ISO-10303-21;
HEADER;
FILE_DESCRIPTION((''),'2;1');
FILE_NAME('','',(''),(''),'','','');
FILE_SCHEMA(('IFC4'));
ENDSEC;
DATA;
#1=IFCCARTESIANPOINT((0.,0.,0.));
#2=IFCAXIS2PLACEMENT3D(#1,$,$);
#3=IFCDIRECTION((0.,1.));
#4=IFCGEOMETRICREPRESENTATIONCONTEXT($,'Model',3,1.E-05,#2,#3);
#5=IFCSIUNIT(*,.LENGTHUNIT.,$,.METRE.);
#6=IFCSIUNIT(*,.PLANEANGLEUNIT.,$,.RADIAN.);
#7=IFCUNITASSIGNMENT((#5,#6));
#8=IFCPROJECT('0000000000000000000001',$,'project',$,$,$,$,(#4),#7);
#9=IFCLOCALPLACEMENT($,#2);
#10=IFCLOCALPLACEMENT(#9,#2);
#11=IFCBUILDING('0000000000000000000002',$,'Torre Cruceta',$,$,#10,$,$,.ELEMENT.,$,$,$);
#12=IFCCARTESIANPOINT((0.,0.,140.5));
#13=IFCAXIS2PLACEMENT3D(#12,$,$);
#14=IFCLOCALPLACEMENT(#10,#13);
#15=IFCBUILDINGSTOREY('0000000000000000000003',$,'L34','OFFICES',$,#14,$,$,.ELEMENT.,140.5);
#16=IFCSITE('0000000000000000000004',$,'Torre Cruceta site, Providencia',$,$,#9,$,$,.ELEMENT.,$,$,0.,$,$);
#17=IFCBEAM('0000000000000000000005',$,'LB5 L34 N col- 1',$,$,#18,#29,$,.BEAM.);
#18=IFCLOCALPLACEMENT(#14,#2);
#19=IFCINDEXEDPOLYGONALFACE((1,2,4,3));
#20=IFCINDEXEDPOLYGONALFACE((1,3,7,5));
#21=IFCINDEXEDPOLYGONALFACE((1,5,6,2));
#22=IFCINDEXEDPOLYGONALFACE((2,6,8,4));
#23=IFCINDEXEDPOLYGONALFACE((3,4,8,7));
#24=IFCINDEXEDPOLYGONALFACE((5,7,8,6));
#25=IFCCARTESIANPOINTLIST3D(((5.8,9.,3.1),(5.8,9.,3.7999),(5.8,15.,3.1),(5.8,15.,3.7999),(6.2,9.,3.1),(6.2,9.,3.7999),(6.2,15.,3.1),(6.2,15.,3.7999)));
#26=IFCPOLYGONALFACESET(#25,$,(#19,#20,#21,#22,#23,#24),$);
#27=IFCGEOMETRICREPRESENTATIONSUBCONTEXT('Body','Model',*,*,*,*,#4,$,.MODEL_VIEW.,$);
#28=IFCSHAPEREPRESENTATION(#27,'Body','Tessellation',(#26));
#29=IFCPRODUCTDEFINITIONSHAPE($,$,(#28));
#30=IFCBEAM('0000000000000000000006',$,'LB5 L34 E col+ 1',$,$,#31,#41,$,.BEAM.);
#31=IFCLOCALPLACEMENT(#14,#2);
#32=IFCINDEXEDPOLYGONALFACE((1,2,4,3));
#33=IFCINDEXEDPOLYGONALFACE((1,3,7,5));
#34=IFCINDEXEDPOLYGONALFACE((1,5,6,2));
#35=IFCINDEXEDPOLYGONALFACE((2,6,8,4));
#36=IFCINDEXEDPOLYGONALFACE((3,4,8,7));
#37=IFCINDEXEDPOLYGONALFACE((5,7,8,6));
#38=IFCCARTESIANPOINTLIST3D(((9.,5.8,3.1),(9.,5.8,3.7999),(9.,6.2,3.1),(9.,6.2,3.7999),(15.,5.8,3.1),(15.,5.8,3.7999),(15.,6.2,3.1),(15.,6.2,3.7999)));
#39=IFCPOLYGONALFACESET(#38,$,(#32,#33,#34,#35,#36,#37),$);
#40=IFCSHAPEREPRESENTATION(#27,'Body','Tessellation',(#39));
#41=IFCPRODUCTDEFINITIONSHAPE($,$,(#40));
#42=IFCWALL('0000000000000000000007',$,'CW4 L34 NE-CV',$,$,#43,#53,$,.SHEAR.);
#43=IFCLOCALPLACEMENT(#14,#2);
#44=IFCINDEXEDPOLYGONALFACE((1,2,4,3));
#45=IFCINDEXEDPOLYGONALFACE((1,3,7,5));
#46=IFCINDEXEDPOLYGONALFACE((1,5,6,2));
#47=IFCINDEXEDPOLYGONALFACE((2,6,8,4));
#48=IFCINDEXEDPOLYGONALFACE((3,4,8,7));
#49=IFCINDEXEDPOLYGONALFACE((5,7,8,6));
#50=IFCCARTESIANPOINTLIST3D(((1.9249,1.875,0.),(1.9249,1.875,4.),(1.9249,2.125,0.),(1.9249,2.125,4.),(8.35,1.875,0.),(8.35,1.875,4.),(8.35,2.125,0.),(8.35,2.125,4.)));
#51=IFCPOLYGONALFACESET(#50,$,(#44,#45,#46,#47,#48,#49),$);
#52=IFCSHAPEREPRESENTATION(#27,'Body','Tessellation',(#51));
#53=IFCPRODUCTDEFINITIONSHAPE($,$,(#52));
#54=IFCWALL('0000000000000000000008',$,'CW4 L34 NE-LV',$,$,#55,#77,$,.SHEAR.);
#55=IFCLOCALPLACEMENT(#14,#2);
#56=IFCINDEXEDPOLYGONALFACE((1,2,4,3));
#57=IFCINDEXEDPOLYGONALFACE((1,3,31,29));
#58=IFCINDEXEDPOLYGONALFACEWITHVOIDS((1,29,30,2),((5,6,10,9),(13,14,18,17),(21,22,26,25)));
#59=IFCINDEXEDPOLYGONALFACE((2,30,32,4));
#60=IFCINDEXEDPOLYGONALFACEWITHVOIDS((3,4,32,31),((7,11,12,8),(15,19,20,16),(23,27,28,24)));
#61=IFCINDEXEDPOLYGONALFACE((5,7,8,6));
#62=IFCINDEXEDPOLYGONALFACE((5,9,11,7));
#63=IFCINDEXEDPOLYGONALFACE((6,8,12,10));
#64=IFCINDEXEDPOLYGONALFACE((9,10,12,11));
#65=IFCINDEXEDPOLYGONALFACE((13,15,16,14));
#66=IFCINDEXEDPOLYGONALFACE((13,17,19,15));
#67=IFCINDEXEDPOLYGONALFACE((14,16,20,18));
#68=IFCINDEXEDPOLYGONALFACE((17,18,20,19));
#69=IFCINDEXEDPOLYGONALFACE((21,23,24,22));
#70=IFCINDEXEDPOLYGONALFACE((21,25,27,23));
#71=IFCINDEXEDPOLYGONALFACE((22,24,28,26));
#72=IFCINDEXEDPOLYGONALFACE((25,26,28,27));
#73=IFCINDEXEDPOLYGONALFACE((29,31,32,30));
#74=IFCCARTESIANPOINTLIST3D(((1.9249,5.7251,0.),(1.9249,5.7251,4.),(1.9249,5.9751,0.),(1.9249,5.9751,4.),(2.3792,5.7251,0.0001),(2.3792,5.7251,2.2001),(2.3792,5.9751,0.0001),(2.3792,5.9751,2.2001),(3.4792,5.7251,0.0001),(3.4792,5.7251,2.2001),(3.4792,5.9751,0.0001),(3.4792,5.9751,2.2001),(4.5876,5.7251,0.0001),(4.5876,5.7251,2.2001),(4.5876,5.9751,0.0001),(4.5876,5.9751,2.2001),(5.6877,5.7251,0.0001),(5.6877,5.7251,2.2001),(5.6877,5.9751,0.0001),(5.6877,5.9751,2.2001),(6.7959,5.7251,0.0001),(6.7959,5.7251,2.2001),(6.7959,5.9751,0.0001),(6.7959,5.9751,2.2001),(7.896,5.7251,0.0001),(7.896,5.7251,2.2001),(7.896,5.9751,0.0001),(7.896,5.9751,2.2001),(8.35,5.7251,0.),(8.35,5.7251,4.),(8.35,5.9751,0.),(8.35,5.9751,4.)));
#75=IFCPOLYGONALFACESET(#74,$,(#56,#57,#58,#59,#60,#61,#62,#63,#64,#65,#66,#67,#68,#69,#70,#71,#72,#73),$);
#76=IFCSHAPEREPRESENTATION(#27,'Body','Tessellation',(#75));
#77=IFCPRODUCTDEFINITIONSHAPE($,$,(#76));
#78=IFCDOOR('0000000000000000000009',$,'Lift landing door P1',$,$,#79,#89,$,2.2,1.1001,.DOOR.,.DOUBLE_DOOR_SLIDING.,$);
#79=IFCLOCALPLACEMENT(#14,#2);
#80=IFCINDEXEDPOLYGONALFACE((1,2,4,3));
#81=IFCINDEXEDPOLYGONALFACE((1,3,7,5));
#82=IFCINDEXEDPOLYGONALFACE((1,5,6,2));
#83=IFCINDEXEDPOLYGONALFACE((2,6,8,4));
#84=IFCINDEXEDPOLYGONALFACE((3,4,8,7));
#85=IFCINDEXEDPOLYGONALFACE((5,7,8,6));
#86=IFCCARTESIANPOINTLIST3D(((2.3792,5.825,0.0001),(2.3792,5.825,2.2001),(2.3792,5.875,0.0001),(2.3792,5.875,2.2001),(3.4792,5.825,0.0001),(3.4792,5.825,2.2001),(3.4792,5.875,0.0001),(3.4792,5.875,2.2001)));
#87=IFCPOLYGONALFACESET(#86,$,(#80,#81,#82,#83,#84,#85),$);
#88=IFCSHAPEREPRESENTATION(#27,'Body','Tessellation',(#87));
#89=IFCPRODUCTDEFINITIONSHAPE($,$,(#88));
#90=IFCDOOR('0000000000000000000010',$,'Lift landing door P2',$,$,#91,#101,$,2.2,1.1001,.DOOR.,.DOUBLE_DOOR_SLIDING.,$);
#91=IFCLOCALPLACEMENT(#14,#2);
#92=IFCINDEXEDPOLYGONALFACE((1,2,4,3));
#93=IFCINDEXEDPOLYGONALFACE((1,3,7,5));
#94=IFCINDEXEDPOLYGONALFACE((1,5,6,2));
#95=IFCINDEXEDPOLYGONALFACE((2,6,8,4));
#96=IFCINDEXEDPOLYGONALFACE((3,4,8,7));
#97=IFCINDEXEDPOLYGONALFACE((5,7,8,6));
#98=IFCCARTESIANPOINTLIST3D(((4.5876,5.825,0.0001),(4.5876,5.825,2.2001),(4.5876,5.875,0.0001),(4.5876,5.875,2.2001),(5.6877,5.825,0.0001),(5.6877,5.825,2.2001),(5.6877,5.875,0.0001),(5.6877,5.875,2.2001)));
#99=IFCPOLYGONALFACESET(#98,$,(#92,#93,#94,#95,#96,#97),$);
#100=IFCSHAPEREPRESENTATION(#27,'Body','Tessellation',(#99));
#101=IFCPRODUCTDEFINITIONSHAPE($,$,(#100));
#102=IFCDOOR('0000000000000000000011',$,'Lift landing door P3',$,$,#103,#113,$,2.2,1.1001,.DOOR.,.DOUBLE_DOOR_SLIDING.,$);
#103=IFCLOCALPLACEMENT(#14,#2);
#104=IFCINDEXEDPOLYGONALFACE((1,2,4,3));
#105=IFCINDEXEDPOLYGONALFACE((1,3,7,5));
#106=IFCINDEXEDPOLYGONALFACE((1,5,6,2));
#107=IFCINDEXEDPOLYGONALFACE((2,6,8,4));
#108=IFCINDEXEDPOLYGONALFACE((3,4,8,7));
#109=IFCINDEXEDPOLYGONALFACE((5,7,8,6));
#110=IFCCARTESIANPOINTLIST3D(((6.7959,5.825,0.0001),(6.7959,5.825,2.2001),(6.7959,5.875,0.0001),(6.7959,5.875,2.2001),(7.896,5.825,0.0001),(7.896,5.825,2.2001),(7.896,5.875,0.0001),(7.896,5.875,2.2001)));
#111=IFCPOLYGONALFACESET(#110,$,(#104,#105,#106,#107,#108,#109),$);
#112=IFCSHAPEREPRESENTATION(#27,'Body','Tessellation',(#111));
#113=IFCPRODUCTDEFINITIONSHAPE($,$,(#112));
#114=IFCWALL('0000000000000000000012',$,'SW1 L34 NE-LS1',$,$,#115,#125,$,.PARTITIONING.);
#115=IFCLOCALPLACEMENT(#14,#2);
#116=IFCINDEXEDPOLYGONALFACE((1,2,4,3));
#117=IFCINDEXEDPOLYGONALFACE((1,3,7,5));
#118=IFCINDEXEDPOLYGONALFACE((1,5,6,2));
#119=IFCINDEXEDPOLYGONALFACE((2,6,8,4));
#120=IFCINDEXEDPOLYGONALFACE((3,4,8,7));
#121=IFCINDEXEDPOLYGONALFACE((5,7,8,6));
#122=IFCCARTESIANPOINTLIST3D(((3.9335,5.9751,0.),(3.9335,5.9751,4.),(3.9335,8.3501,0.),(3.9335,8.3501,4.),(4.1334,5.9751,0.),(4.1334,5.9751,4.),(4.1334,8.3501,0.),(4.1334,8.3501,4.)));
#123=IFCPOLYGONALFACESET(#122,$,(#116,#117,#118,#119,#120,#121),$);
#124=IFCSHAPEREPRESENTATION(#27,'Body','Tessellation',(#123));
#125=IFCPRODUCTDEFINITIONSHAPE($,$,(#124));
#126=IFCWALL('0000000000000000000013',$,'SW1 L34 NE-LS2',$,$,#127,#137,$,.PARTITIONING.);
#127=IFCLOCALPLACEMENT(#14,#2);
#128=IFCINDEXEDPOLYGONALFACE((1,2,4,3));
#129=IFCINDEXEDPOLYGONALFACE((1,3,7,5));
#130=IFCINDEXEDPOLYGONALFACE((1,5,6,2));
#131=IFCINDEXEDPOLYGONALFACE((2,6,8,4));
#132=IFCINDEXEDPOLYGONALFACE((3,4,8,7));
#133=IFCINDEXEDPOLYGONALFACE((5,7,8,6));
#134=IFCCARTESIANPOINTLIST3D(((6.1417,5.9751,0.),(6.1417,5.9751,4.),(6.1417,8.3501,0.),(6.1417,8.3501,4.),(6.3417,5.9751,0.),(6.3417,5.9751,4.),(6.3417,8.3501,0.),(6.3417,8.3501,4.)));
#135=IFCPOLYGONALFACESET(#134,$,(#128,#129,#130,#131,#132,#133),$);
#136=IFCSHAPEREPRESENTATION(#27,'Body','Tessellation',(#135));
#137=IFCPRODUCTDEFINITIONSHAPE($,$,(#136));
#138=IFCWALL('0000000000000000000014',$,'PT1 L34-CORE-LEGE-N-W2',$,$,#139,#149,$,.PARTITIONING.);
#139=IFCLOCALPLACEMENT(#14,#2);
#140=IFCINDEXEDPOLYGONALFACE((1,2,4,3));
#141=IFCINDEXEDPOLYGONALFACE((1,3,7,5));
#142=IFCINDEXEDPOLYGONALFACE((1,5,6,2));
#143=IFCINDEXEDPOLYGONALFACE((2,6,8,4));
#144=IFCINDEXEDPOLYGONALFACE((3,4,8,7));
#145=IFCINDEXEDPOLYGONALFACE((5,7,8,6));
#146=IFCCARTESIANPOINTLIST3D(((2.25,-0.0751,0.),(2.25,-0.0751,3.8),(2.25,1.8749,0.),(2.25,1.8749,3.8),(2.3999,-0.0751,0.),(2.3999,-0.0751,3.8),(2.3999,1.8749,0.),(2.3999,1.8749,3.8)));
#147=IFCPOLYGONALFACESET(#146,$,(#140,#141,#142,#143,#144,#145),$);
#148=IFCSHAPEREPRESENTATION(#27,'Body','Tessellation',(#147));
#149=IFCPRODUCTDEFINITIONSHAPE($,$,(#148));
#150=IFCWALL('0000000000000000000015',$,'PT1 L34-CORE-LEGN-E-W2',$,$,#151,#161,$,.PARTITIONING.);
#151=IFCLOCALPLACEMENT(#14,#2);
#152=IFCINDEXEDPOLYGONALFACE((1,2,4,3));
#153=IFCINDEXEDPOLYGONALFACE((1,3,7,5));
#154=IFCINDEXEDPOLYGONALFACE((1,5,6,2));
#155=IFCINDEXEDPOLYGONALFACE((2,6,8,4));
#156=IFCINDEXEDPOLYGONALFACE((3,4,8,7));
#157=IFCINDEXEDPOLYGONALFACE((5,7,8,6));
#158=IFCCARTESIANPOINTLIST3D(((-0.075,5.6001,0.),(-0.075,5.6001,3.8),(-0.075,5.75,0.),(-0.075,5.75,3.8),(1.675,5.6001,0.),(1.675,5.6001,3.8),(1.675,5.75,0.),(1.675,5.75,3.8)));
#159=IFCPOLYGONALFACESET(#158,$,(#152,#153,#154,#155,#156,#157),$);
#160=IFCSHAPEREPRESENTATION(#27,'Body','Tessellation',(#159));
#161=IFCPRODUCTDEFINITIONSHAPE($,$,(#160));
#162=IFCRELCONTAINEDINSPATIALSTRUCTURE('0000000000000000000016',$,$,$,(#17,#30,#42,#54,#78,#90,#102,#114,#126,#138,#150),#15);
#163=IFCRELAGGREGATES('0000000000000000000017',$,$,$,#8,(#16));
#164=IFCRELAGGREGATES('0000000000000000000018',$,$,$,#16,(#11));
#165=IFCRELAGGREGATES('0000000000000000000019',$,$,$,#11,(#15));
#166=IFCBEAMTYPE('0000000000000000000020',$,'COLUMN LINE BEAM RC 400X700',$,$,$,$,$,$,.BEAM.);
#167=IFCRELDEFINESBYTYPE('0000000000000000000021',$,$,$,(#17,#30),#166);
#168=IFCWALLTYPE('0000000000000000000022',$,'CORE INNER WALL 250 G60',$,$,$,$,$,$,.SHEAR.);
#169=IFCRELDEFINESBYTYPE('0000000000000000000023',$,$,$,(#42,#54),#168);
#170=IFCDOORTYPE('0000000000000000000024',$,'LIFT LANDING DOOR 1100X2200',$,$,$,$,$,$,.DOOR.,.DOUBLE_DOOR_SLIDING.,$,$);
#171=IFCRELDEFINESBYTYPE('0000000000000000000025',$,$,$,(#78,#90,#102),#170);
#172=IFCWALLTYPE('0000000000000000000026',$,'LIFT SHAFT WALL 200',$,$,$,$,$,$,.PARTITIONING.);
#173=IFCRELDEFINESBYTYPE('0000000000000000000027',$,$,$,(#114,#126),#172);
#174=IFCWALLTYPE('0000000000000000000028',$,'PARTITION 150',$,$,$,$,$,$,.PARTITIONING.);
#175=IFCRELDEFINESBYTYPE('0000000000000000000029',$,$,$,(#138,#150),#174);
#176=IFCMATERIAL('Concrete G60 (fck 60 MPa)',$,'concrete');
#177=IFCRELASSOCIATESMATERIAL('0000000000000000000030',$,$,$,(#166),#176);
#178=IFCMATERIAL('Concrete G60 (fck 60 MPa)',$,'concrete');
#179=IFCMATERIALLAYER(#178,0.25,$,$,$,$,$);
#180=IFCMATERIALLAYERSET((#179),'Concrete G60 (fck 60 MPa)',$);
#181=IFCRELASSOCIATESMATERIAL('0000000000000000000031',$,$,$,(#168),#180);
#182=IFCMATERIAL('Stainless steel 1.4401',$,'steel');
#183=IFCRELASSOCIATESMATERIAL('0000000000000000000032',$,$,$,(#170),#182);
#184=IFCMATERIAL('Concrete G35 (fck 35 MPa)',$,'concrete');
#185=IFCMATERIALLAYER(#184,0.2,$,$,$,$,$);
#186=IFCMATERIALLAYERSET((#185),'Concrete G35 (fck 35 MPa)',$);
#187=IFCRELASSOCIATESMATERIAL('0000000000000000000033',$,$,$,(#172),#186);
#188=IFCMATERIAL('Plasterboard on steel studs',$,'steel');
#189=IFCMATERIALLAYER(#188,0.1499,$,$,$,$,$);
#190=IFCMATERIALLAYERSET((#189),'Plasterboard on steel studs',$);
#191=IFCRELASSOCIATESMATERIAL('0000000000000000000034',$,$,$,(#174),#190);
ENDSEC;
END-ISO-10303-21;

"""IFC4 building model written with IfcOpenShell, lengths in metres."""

from ifc_helpers import new_model, si_unit, direction, frame, frame_2d, origin, origin_2d, place, context, subcontext, project, spatial, rectangle, extrude, material, layer, layer_set, material_profile, profile_set, type_object, element, fill, save


model = new_model("IFC4")

# Units and contexts
model_context = context("Model", 3, precision=1e-05, world=origin(), true_north=direction((0.0, 1.0)))
body_context = subcontext(model_context, "Body", "Model", "MODEL_VIEW")
ifc_project = project(units=[si_unit("LENGTHUNIT", "METRE"), si_unit("PLANEANGLEUNIT", "RADIAN")], contexts=[model_context])

# Site, building, storey
site_placement = place(None, origin())
site = spatial("IfcSite", under=ifc_project, at=site_placement, Name="Torre Cruceta site, Providencia", CompositionType="ELEMENT", RefElevation=0.0)
building_placement = place(site_placement, origin())
building = spatial("IfcBuilding", under=site, at=building_placement, Name="Torre Cruceta", CompositionType="ELEMENT")
storey_placement = place(building_placement, frame((0.0, 0.0, 140.5)))
storey = spatial("IfcBuildingStorey", under=building, at=storey_placement, Name="L34", Description="OFFICES", CompositionType="ELEMENT", Elevation=140.5)

# Beams
ifc_material_1 = material(Name="Concrete G60 (fck 60 MPa)", Category="concrete")
ifc_material_profile = material_profile(ifc_material_1, rectangle(XDim=0.3999, YDim=0.7, at=origin_2d()), Name="RC 400X700")
ifc_profile_set = profile_set([ifc_material_profile], Name="Concrete G60 (fck 60 MPa)")
beam_type = type_object("IfcBeamType", Name="COLUMN LINE BEAM RC 400X700", PredefinedType="BEAM", material=ifc_profile_set)
for number, where, z_axis, x_axis, name in (
    (1, (6.0, 9.0, 3.45), (0.0, 1.0, 0.0), (-1.0, 0.0, 0.0), "LB5 L34 N col- 1"),
    (2, (9.0, 6.0, 3.45), (1.0, 0.0, 0.0), (0.0, 1.0, 0.0), "LB5 L34 E col+ 1"),
):
    element("IfcBeam", number, at=place(storey_placement, frame(where, z_axis=z_axis, x_axis=x_axis)), inside=storey, type_object=beam_type, Name=name, PredefinedType="BEAM", context=body_context, shape_type="SweptSolid", body=[
        extrude(rectangle(XDim=0.3999, YDim=0.7, at=origin_2d()), origin(), (0.0, 0.0, 1.0), 6.0),
    ])

# Shared definitions
ifc_material_2 = material(Name="Concrete G60 (fck 60 MPa)", Category="concrete")
ifc_layer_1 = layer(ifc_material_2, 0.25)
ifc_layer_set_1 = layer_set([ifc_layer_1], Name="Concrete G60 (fck 60 MPa)")
wall_type_1 = type_object("IfcWallType", Name="CORE INNER WALL 250 G60", PredefinedType="SHEAR", material=ifc_layer_set_1)

# Wall
wall_1_placement = place(storey_placement, frame((1.925, 2.0, 0.0), z_axis=(0.0, 0.0, 1.0), x_axis=(1.0, 0.0, 0.0)))
element("IfcWall", 3, at=wall_1_placement, inside=storey, type_object=wall_type_1, Name="CW4 L34 NE-CV", PredefinedType="SHEAR", context=body_context, shape_type="SweptSolid", body=[
    extrude(rectangle(XDim=6.425, YDim=0.25, at=frame_2d((3.2124, 0.0))), origin(), (0.0, 0.0, 1.0), 4.0),
])

# Wall, openings, doors
wall_2_placement = place(storey_placement, frame((1.925, 5.8501, 0.0), z_axis=(0.0, 0.0, 1.0), x_axis=(1.0, 0.0, 0.0)))
wall_2 = element("IfcWall", 4, at=wall_2_placement, inside=storey, type_object=wall_type_1, Name="CW4 L34 NE-LV", PredefinedType="SHEAR", context=body_context, shape_type="SweptSolid", body=[
    extrude(rectangle(XDim=6.425, YDim=0.25, at=frame_2d((3.2124, 0.0))), origin(), (0.0, 0.0, 1.0), 4.0),
])
opening_1_placement = place(wall_2_placement, frame((0.4541, 0.0, 0.0)))
opening_1 = element("IfcOpeningElement", 5, at=opening_1_placement, cuts=wall_2, PredefinedType="OPENING", context=body_context, shape_type="SweptSolid", body=[
    extrude(rectangle(XDim=1.1001, YDim=2.2, at=frame_2d((0.55, 1.1001))), frame((0.0, 0.135, 0.0), z_axis=(0.0, -1.0, 0.0), x_axis=(1.0, 0.0, 0.0)), (0.0, 0.0, 1.0), 0.27),
])
opening_2_placement = place(wall_2_placement, frame((2.6626, 0.0, 0.0)))
opening_2 = element("IfcOpeningElement", 6, at=opening_2_placement, cuts=wall_2, PredefinedType="OPENING", context=body_context, shape_type="SweptSolid", body=[
    extrude(rectangle(XDim=1.1001, YDim=2.2, at=frame_2d((0.55, 1.1001))), frame((0.0, 0.135, 0.0), z_axis=(0.0, -1.0, 0.0), x_axis=(1.0, 0.0, 0.0)), (0.0, 0.0, 1.0), 0.27),
])
opening_3_placement = place(wall_2_placement, frame((4.8708, 0.0, 0.0)))
opening_3 = element("IfcOpeningElement", 7, at=opening_3_placement, cuts=wall_2, PredefinedType="OPENING", context=body_context, shape_type="SweptSolid", body=[
    extrude(rectangle(XDim=1.1001, YDim=2.2, at=frame_2d((0.55, 1.1001))), frame((0.0, 0.135, 0.0), z_axis=(0.0, -1.0, 0.0), x_axis=(1.0, 0.0, 0.0)), (0.0, 0.0, 1.0), 0.27),
])
ifc_material_3 = material(Name="Stainless steel 1.4401", Category="steel")
door_type_1 = type_object("IfcDoorType", Name="LIFT LANDING DOOR 1100X2200", OperationType="DOUBLE_DOOR_SLIDING", PredefinedType="DOOR", material=ifc_material_3)
door_1_placement = place(opening_1_placement, origin())
door_1 = element("IfcDoor", 8, at=door_1_placement, inside=storey, type_object=door_type_1, Name="Lift landing door P1", OperationType="DOUBLE_DOOR_SLIDING", OverallHeight=2.2, OverallWidth=1.1001, PredefinedType="DOOR", context=body_context, shape_type="SweptSolid", body=[
    extrude(rectangle(XDim=1.1001, YDim=2.2, at=frame_2d((0.55, 1.1001))), frame((0.0, 0.0249, 0.0), z_axis=(0.0, -1.0, 0.0), x_axis=(1.0, 0.0, 0.0)), (0.0, 0.0, 1.0), 0.05),
])
fill(opening_1, door_1)
door_2_placement = place(opening_2_placement, origin())
door_2 = element("IfcDoor", 9, at=door_2_placement, inside=storey, type_object=door_type_1, Name="Lift landing door P2", OperationType="DOUBLE_DOOR_SLIDING", OverallHeight=2.2, OverallWidth=1.1001, PredefinedType="DOOR", context=body_context, shape_type="SweptSolid", body=[
    extrude(rectangle(XDim=1.1001, YDim=2.2, at=frame_2d((0.55, 1.1001))), frame((0.0, 0.0249, 0.0), z_axis=(0.0, -1.0, 0.0), x_axis=(1.0, 0.0, 0.0)), (0.0, 0.0, 1.0), 0.05),
])
fill(opening_2, door_2)
door_3_placement = place(opening_3_placement, origin())
door_3 = element("IfcDoor", 10, at=door_3_placement, inside=storey, type_object=door_type_1, Name="Lift landing door P3", OperationType="DOUBLE_DOOR_SLIDING", OverallHeight=2.2, OverallWidth=1.1001, PredefinedType="DOOR", context=body_context, shape_type="SweptSolid", body=[
    extrude(rectangle(XDim=1.1001, YDim=2.2, at=frame_2d((0.55, 1.1001))), frame((0.0, 0.0249, 0.0), z_axis=(0.0, -1.0, 0.0), x_axis=(1.0, 0.0, 0.0)), (0.0, 0.0, 1.0), 0.05),
])
fill(opening_3, door_3)

# Walls
ifc_material_4 = material(Name="Concrete G35 (fck 35 MPa)", Category="concrete")
ifc_layer_2 = layer(ifc_material_4, 0.2)
ifc_layer_set_2 = layer_set([ifc_layer_2], Name="Concrete G35 (fck 35 MPa)")
wall_type_2 = type_object("IfcWallType", Name="LIFT SHAFT WALL 200", PredefinedType="PARTITIONING", material=ifc_layer_set_2)
for number, where, z_axis, x_axis, name in (
    (11, (4.0334, 5.9751, 0.0), (0.0, 0.0, 1.0), (0.0, 1.0, 0.0), "SW1 L34 NE-LS1"),
    (12, (6.2417, 5.9751, 0.0), (0.0, 0.0, 1.0), (0.0, 1.0, 0.0), "SW1 L34 NE-LS2"),
):
    element("IfcWall", number, at=place(storey_placement, frame(where, z_axis=z_axis, x_axis=x_axis)), inside=storey, type_object=wall_type_2, Name=name, PredefinedType="PARTITIONING", context=body_context, shape_type="SweptSolid", body=[
        extrude(rectangle(XDim=2.375, YDim=0.2, at=frame_2d((1.1875, 0.0))), origin(), (0.0, 0.0, 1.0), 4.0),
    ])
ifc_material_5 = material(Name="Plasterboard on steel studs", Category="steel")
ifc_layer_3 = layer(ifc_material_5, 0.1499)
ifc_layer_set_3 = layer_set([ifc_layer_3], Name="Plasterboard on steel studs")
wall_type_3 = type_object("IfcWallType", Name="PARTITION 150", PredefinedType="PARTITIONING", material=ifc_layer_set_3)
wall_3_placement = place(storey_placement, frame((2.325, 1.875, 0.0), z_axis=(0.0, 0.0, 1.0), x_axis=(0.0, -1.0, 0.0)))
element("IfcWall", 13, at=wall_3_placement, inside=storey, type_object=wall_type_3, Name="PT1 L34-CORE-LEGE-N-W2", PredefinedType="PARTITIONING", context=body_context, shape_type="SweptSolid", body=[
    extrude(rectangle(XDim=1.95, YDim=0.1499, at=frame_2d((0.9751, 0.0))), origin(), (0.0, 0.0, 1.0), 3.8),
])
wall_4_placement = place(storey_placement, frame((1.675, 5.675, 0.0), z_axis=(0.0, 0.0, 1.0), x_axis=(-1.0, 0.0, 0.0)))
element("IfcWall", 14, at=wall_4_placement, inside=storey, type_object=wall_type_3, Name="PT1 L34-CORE-LEGN-E-W2", PredefinedType="PARTITIONING", context=body_context, shape_type="SweptSolid", body=[
    extrude(rectangle(XDim=1.75, YDim=0.1499, at=frame_2d((0.875, 0.0))), origin(), (0.0, 0.0, 1.0), 3.8),
])

save(model, "model.ifc")
